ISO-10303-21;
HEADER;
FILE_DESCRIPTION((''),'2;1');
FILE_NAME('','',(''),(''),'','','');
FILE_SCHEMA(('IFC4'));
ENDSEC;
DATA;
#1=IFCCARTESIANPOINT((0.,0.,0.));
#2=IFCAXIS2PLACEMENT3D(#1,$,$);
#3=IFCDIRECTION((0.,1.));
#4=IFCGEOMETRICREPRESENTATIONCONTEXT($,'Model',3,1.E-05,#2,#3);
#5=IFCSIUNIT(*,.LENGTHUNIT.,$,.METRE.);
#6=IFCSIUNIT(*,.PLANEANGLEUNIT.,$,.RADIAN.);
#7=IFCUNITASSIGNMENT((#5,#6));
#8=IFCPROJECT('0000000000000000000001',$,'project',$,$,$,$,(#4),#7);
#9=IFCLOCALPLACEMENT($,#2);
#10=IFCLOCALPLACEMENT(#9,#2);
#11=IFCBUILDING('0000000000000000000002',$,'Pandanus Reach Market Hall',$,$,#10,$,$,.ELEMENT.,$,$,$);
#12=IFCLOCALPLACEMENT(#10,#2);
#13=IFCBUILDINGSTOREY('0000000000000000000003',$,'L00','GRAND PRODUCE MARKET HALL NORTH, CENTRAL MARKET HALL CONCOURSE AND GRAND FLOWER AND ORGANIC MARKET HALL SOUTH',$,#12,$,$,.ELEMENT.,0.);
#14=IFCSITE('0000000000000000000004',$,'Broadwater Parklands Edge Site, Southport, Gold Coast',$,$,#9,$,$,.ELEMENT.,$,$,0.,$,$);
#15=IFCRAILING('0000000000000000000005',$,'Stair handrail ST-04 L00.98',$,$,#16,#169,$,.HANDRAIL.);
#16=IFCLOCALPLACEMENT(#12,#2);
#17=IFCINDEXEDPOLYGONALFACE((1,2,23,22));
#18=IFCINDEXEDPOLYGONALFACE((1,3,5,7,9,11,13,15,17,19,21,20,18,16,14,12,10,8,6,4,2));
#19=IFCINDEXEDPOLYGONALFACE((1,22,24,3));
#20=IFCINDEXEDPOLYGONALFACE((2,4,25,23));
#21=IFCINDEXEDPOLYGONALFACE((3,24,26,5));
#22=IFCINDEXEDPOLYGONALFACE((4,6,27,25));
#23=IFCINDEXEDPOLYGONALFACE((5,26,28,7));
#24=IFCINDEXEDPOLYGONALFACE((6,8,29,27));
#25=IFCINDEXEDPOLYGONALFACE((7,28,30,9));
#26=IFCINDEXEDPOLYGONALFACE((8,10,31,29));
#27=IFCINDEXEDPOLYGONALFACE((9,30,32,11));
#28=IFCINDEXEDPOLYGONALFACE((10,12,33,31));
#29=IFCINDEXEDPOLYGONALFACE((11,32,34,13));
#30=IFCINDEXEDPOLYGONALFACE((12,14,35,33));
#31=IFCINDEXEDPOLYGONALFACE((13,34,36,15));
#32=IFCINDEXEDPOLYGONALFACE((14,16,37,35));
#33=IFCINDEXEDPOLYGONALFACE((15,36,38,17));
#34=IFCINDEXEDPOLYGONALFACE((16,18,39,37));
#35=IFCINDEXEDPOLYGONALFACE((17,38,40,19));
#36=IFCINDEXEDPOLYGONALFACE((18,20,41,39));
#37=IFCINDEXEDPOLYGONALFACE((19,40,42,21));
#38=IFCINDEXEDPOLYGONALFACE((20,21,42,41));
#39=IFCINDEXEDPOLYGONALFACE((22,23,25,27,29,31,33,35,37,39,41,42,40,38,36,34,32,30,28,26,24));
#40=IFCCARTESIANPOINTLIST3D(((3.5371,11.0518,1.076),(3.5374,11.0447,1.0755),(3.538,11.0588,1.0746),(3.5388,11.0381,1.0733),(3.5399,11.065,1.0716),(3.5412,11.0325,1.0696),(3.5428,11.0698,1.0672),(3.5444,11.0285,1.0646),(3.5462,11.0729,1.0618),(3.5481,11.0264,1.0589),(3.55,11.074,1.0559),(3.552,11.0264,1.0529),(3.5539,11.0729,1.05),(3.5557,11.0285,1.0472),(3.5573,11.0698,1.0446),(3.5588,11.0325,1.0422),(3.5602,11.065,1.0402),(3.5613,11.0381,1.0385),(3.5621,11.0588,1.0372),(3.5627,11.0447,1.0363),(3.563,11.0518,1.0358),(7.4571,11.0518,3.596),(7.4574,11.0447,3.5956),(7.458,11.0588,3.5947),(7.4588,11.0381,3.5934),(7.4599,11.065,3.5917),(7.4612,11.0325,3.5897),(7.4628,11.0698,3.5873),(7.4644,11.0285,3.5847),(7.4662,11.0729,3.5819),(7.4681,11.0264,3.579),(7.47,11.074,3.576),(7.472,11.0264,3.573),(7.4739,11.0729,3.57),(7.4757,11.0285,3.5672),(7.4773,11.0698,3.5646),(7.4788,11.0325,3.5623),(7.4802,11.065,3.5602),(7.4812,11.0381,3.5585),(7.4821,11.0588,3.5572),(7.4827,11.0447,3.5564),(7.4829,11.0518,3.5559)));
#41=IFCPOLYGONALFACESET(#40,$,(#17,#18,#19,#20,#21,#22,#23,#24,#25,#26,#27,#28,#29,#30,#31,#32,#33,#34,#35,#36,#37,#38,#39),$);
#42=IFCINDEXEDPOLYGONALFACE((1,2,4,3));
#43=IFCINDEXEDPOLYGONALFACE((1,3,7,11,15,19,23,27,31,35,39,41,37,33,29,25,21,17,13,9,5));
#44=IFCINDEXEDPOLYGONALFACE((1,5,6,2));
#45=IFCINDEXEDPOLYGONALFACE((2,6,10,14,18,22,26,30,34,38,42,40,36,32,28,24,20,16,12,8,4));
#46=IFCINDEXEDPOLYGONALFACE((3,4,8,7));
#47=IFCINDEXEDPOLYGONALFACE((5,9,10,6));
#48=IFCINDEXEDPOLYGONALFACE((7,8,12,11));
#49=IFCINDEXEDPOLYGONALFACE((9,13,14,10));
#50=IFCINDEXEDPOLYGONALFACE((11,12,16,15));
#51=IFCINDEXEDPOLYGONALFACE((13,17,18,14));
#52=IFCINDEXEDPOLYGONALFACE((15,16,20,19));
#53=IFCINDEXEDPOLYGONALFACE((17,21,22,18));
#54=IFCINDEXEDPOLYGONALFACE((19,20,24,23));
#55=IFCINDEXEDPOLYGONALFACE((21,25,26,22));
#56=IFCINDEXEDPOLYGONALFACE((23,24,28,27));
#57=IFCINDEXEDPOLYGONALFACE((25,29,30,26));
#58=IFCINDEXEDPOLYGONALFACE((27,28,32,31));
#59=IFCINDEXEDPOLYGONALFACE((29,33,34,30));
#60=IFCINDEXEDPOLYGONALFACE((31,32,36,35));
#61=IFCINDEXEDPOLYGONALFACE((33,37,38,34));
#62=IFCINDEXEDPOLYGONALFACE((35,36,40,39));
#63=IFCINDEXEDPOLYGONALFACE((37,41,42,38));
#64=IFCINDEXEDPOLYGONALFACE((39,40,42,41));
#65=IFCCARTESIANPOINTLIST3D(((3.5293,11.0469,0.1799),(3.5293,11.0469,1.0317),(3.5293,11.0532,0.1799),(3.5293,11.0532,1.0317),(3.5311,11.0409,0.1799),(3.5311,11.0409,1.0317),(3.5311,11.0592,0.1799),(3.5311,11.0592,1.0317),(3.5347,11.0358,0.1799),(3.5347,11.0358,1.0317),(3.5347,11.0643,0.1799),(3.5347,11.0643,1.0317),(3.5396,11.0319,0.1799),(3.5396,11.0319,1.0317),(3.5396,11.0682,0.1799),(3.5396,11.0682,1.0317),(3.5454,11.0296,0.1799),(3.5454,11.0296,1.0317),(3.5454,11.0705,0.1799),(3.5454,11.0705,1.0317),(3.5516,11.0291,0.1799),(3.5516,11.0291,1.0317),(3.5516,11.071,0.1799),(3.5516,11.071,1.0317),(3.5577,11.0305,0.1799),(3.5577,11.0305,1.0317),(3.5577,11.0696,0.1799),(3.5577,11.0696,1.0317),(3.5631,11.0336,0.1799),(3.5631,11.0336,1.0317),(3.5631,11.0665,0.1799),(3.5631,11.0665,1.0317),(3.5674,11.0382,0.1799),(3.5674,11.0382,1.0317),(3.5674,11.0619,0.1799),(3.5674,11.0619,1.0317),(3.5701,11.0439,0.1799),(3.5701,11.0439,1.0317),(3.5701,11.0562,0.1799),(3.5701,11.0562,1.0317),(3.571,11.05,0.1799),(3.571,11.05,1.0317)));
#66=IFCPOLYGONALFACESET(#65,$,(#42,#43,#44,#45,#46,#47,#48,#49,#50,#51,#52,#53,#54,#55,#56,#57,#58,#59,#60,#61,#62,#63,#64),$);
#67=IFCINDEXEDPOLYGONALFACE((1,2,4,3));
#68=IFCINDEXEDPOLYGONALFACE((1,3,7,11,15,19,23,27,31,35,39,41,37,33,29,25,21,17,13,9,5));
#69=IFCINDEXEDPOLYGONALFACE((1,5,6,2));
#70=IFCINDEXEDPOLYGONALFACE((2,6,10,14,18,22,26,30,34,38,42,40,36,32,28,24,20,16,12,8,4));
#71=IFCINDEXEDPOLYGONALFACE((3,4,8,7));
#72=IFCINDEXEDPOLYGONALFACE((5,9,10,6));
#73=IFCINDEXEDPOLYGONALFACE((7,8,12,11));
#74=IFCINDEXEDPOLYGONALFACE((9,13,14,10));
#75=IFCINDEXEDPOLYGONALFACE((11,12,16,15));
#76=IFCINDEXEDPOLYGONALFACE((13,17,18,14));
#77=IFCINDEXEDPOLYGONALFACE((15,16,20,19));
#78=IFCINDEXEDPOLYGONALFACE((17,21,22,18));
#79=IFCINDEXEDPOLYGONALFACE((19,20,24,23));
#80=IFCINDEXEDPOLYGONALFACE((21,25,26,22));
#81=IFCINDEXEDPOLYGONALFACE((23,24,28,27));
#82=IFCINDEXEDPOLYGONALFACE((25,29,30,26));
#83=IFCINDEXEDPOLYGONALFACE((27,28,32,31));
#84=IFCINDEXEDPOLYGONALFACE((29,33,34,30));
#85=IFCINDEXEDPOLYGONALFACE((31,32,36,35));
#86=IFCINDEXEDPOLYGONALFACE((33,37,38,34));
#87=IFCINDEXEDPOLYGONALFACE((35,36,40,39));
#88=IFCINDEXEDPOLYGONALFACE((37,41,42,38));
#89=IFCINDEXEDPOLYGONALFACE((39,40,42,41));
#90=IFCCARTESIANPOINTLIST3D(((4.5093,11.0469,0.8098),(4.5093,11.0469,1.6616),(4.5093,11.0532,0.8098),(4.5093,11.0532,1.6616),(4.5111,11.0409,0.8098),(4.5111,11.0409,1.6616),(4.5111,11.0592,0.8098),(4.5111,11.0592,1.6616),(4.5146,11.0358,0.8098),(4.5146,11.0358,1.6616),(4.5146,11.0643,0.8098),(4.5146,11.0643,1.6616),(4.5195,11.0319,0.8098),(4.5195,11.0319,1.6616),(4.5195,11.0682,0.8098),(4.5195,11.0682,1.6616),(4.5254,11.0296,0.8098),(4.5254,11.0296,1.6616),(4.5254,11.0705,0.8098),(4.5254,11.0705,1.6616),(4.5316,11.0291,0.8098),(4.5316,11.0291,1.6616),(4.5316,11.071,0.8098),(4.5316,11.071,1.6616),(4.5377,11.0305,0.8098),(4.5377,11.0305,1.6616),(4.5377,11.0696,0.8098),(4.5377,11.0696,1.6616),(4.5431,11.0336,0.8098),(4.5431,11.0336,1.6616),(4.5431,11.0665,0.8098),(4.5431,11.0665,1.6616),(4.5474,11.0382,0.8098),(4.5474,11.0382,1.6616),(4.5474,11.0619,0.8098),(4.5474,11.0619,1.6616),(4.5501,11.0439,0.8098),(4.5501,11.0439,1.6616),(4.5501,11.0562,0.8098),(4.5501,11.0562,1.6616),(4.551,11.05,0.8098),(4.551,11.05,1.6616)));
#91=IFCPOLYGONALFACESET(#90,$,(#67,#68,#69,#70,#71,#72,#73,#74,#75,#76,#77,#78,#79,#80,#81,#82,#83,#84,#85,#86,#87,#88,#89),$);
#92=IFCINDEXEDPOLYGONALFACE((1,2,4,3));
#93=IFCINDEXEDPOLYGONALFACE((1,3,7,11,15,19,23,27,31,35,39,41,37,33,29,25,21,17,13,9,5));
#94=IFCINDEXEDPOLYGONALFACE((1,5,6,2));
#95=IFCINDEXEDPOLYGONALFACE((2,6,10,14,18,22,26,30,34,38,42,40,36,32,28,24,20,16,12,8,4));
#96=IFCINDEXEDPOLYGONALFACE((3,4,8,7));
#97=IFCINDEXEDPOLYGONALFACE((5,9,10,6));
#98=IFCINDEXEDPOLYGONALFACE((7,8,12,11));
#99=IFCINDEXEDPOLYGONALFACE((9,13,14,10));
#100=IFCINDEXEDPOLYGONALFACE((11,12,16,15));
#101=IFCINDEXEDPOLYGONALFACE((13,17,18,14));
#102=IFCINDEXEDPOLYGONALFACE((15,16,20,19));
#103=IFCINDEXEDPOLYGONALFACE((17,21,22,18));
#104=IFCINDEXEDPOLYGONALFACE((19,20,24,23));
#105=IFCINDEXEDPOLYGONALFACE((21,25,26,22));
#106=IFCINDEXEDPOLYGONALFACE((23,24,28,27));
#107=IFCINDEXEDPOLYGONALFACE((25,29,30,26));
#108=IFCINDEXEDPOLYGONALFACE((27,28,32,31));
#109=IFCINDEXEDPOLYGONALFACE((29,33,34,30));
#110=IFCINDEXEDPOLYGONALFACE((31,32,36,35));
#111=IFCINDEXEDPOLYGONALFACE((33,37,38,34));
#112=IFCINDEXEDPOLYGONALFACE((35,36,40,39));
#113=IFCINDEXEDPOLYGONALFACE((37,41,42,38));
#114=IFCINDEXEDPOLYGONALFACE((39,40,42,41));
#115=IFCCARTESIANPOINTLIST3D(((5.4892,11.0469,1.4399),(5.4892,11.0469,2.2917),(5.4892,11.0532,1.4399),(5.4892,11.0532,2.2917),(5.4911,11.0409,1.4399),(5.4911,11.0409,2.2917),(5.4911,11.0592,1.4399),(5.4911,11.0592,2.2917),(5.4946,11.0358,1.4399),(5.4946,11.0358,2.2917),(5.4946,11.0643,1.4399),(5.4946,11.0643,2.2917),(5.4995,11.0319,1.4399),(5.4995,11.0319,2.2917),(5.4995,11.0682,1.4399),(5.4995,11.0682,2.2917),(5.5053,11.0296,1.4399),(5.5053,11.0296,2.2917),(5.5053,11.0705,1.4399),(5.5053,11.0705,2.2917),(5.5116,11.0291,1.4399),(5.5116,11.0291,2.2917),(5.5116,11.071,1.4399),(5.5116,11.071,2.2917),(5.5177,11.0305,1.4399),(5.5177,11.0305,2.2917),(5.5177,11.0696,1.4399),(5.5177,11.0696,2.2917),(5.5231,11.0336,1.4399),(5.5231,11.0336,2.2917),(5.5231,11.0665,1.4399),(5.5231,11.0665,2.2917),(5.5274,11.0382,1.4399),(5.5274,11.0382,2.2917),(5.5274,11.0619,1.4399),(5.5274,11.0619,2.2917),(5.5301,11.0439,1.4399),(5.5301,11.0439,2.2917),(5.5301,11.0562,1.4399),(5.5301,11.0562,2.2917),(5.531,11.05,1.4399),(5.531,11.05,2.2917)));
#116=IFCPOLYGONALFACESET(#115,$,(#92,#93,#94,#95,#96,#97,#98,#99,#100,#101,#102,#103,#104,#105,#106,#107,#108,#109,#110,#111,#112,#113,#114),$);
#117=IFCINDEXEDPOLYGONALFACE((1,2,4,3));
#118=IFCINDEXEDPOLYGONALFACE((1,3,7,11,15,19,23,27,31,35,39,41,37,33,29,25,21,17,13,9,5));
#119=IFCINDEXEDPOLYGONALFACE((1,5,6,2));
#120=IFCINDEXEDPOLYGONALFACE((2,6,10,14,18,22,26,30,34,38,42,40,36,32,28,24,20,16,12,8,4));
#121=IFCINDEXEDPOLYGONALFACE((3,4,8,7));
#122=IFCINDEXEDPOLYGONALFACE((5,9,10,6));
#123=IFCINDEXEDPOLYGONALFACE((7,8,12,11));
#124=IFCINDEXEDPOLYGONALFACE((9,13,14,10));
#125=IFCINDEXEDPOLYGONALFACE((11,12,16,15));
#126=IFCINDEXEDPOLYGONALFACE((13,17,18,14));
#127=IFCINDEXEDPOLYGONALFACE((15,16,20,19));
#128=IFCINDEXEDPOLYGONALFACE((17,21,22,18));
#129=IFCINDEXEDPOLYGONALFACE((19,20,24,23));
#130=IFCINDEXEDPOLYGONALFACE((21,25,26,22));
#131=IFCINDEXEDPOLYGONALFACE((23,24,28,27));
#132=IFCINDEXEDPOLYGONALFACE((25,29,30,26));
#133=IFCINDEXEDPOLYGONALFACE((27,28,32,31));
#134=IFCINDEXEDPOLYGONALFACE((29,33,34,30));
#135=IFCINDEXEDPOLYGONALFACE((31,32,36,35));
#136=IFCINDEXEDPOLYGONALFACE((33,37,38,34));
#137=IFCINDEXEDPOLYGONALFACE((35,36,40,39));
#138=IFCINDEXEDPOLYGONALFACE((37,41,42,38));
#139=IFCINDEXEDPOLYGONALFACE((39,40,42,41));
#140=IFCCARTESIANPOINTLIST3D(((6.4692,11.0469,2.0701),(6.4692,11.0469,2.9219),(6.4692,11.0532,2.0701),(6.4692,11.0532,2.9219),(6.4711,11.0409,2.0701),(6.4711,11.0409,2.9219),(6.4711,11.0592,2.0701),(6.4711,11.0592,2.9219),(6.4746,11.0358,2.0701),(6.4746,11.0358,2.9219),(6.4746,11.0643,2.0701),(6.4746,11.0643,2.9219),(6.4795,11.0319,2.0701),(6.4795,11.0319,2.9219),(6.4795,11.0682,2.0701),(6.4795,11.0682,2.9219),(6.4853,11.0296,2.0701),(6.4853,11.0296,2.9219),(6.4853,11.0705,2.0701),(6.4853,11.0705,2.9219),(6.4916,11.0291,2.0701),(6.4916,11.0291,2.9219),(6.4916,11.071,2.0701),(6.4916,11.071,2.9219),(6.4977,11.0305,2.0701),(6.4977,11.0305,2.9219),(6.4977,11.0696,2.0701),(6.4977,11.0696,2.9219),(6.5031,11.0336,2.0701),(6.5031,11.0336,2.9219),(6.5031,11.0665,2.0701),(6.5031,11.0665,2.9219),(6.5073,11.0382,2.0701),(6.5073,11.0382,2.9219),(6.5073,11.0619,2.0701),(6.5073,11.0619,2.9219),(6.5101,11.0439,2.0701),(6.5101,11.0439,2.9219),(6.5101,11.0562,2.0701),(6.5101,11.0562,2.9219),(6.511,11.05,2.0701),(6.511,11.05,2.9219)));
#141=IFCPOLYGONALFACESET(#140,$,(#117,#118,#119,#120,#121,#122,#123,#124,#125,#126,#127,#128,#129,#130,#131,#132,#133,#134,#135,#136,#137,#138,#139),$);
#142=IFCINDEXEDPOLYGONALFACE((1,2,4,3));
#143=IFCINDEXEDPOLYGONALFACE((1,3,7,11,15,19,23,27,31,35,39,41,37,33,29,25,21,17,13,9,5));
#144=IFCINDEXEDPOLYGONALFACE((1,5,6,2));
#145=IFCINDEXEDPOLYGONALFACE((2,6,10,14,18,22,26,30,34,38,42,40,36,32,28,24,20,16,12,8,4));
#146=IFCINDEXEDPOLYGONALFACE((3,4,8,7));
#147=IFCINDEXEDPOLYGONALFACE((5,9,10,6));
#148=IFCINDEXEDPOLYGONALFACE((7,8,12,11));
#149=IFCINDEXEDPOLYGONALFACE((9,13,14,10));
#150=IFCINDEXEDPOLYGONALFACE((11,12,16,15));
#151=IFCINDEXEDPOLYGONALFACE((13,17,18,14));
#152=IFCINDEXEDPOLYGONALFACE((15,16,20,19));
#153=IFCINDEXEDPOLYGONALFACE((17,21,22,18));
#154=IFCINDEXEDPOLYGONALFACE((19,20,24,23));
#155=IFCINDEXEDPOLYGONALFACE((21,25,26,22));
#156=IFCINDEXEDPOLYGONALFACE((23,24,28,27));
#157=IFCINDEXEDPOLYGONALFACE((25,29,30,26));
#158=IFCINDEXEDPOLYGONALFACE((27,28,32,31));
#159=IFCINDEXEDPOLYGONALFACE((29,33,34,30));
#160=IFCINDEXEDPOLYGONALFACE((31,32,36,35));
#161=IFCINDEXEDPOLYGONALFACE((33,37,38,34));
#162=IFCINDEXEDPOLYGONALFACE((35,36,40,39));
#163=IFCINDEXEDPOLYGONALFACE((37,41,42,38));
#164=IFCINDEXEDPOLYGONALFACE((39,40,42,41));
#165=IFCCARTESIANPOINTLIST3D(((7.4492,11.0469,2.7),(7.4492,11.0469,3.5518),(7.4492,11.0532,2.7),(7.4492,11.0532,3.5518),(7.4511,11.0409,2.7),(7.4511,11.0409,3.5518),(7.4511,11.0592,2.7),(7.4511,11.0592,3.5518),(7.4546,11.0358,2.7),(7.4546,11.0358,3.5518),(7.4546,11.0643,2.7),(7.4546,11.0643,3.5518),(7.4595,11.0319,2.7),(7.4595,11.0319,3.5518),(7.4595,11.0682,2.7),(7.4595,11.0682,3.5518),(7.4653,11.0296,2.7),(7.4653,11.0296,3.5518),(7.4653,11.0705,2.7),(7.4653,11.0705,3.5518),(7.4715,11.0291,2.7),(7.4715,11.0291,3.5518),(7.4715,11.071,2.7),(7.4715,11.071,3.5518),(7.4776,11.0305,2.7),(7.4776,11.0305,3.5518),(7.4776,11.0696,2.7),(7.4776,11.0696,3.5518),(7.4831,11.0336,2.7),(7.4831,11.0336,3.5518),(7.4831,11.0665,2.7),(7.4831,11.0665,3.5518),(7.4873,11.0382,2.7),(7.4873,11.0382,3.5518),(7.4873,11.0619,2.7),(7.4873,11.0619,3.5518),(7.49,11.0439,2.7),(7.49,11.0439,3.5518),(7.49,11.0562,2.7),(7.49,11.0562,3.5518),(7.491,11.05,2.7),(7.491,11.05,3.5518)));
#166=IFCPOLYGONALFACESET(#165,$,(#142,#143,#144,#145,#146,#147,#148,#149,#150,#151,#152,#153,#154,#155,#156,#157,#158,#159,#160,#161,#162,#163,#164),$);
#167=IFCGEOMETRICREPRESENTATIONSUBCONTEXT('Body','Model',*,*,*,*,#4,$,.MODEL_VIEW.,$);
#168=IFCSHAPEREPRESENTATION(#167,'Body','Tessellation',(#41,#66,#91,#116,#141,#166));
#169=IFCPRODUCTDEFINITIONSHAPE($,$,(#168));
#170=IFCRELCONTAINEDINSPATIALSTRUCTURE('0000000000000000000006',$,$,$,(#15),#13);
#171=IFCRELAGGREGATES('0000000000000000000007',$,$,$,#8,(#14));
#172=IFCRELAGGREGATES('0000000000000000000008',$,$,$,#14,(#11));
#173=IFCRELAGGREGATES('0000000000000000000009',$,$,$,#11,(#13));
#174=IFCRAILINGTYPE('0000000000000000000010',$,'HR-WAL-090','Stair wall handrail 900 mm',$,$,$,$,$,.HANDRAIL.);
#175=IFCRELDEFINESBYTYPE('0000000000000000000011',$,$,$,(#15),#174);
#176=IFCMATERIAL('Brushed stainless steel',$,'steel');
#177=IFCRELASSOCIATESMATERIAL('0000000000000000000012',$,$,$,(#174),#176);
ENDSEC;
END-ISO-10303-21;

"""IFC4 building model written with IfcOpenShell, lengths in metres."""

from ifc_helpers import new_model, si_unit, direction, frame, origin, origin_2d, place, context, subcontext, project, spatial, circle, extrude, material, type_object, element, save


model = new_model("IFC4")

# Units and contexts
model_context = context("Model", 3, precision=1e-05, world=origin(), true_north=direction((0.0, 1.0)))
body_context = subcontext(model_context, "Body", "Model", "MODEL_VIEW")
ifc_project = project(units=[si_unit("LENGTHUNIT", "METRE"), si_unit("PLANEANGLEUNIT", "RADIAN")], contexts=[model_context])

# Site, building, storey
site_placement = place(None, origin())
site = spatial("IfcSite", under=ifc_project, at=site_placement, Name="Broadwater Parklands Edge Site, Southport, Gold Coast", CompositionType="ELEMENT", RefElevation=0.0)
building_placement = place(site_placement, origin())
building = spatial("IfcBuilding", under=site, at=building_placement, Name="Pandanus Reach Market Hall", CompositionType="ELEMENT")
storey_placement = place(building_placement, origin())
storey = spatial("IfcBuildingStorey", under=building, at=storey_placement, Name="L00", Description="GRAND PRODUCE MARKET HALL NORTH, CENTRAL MARKET HALL CONCOURSE AND GRAND FLOWER AND ORGANIC MARKET HALL SOUTH", CompositionType="ELEMENT", Elevation=0.0)

# Railing
ifc_material_1 = material(Name="Brushed stainless steel", Category="steel")
railing_type_1 = type_object("IfcRailingType", Name="HR-WAL-090", Description="Stair wall handrail 900 mm", PredefinedType="HANDRAIL", material=ifc_material_1)
railing_1_placement = place(storey_placement, frame((3.55, 11.05, 0.1799)))
element("IfcRailing", 1, at=railing_1_placement, inside=storey, type_object=railing_type_1, Name="Stair handrail ST-04 L00.98", PredefinedType="HANDRAIL", context=body_context, shape_type="SweptSolid", body=[
    extrude(circle(Radius=0.0239, at=origin_2d()), frame((0.0, 0.0, 0.876), z_axis=(0.841172, 0.0, 0.540768), x_axis=(0.0, 1.0, 0.0)), (0.0, 0.0, 1.0), 4.6602),
    extrude(circle(Radius=0.021, at=origin_2d()), origin(), (0.0, 0.0, 1.0), 0.8518),
    extrude(circle(Radius=0.021, at=origin_2d()), frame((0.98, 0.0, 0.6299)), (0.0, 0.0, 1.0), 0.8518),
    extrude(circle(Radius=0.021, at=origin_2d()), frame((1.96, 0.0, 1.26)), (0.0, 0.0, 1.0), 0.8518),
    extrude(circle(Radius=0.021, at=origin_2d()), frame((2.9399, 0.0, 1.8901)), (0.0, 0.0, 1.0), 0.8518),
    extrude(circle(Radius=0.021, at=origin_2d()), frame((3.9199, 0.0, 2.52)), (0.0, 0.0, 1.0), 0.8518),
])

save(model, "model.ifc")
